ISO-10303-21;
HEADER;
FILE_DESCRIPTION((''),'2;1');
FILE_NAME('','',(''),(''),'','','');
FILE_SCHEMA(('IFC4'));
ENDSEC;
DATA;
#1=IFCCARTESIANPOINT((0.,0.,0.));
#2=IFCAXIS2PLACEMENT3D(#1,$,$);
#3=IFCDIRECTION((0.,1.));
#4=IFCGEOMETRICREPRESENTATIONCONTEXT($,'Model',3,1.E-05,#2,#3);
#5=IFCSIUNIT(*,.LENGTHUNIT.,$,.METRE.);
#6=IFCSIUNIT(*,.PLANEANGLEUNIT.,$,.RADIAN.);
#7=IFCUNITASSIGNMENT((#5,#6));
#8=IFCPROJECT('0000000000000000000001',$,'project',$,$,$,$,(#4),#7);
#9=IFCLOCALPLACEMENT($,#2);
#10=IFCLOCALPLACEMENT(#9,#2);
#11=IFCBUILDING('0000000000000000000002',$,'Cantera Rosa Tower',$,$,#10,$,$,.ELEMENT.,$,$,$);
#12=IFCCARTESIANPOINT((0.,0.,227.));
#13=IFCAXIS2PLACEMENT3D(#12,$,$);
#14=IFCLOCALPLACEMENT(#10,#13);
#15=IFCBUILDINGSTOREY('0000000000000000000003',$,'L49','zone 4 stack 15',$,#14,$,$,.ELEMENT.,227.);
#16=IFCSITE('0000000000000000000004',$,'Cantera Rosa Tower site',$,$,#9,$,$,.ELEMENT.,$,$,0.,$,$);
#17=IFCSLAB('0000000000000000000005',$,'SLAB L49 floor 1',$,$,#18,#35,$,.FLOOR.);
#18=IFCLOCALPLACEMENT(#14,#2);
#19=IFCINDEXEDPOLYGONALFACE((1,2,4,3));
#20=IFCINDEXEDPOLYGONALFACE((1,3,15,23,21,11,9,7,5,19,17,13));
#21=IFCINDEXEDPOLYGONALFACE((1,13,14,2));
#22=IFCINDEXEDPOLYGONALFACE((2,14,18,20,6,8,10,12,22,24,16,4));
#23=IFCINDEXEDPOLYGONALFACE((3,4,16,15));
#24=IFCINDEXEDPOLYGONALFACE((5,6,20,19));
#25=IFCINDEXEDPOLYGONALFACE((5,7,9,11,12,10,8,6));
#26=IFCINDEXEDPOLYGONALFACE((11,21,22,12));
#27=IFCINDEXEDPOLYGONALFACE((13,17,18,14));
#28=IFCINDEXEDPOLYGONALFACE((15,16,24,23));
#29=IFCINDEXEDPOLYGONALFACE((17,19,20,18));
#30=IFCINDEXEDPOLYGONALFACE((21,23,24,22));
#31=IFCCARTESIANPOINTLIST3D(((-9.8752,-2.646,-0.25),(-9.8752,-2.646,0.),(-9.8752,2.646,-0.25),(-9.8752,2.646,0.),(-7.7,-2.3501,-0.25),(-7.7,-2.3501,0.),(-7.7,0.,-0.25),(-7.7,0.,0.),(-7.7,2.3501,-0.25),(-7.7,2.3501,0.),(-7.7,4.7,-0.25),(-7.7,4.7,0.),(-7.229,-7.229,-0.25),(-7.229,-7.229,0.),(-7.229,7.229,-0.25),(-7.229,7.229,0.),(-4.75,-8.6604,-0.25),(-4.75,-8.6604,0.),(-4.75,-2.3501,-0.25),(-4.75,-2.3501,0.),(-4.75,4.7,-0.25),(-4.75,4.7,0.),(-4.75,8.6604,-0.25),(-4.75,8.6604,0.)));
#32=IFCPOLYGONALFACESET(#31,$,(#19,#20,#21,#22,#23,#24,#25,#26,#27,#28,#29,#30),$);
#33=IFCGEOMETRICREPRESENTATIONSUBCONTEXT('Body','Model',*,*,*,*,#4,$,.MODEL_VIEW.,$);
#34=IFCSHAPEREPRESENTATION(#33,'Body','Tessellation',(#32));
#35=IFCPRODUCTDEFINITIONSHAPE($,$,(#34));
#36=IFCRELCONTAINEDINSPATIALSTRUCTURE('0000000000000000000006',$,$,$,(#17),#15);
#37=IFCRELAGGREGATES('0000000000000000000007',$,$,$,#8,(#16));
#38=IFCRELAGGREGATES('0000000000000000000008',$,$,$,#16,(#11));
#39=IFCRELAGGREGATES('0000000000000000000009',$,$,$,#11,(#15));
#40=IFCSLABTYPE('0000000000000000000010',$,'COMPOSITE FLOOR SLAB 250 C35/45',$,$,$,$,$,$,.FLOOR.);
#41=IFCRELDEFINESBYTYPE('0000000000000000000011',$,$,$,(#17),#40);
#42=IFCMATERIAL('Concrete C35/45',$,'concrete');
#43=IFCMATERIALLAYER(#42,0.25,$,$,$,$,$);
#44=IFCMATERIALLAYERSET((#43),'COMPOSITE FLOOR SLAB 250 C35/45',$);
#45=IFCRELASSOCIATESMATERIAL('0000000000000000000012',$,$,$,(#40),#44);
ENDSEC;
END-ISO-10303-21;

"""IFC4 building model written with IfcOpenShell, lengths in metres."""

from ifc_helpers import new_model, si_unit, direction, frame, origin, place, context, subcontext, project, spatial, polyline, outline, extrude, material, layer, layer_set, type_object, element, save


model = new_model("IFC4")

# Units and contexts
model_context = context("Model", 3, precision=1e-05, world=origin(), true_north=direction((0.0, 1.0)))
body_context = subcontext(model_context, "Body", "Model", "MODEL_VIEW")
ifc_project = project(units=[si_unit("LENGTHUNIT", "METRE"), si_unit("PLANEANGLEUNIT", "RADIAN")], contexts=[model_context])

# Site, building, storey
site_placement = place(None, origin())
site = spatial("IfcSite", under=ifc_project, at=site_placement, Name="Cantera Rosa Tower site", CompositionType="ELEMENT", RefElevation=0.0)
building_placement = place(site_placement, origin())
building = spatial("IfcBuilding", under=site, at=building_placement, Name="Cantera Rosa Tower", CompositionType="ELEMENT")
storey_placement = place(building_placement, frame((0.0, 0.0, 227.0)))
storey = spatial("IfcBuildingStorey", under=building, at=storey_placement, Name="L49", Description="zone 4 stack 15", CompositionType="ELEMENT", Elevation=227.0)

# Slab
ifc_material_1 = material(Name="Concrete C35/45", Category="concrete")
ifc_layer_1 = layer(ifc_material_1, 0.25)
ifc_layer_set_1 = layer_set([ifc_layer_1], Name="COMPOSITE FLOOR SLAB 250 C35/45")
slab_type_1 = type_object("IfcSlabType", Name="COMPOSITE FLOOR SLAB 250 C35/45", PredefinedType="FLOOR", material=ifc_layer_set_1)
slab_1_placement = place(storey_placement, frame((0.0, 0.0, -0.25)))
element("IfcSlab", 1, at=slab_1_placement, inside=storey, type_object=slab_type_1, Name="SLAB L49 floor 1", PredefinedType="FLOOR", context=body_context, shape_type="SweptSolid", body=[
    extrude(outline(polyline([(-4.75, -2.3501), (-4.75, -8.6604), (-7.229, -7.229), (-9.8752, -2.646), (-9.8752, 2.646), (-7.229, 7.229), (-4.75, 8.6604), (-4.75, 4.7), (-7.7, 4.7), (-7.7, 2.3501), (-7.7, 0.0), (-7.7, -2.3501), (-4.75, -2.3501)])), origin(), (0.0, 0.0, 1.0), 0.25),
])

save(model, "model.ifc")
